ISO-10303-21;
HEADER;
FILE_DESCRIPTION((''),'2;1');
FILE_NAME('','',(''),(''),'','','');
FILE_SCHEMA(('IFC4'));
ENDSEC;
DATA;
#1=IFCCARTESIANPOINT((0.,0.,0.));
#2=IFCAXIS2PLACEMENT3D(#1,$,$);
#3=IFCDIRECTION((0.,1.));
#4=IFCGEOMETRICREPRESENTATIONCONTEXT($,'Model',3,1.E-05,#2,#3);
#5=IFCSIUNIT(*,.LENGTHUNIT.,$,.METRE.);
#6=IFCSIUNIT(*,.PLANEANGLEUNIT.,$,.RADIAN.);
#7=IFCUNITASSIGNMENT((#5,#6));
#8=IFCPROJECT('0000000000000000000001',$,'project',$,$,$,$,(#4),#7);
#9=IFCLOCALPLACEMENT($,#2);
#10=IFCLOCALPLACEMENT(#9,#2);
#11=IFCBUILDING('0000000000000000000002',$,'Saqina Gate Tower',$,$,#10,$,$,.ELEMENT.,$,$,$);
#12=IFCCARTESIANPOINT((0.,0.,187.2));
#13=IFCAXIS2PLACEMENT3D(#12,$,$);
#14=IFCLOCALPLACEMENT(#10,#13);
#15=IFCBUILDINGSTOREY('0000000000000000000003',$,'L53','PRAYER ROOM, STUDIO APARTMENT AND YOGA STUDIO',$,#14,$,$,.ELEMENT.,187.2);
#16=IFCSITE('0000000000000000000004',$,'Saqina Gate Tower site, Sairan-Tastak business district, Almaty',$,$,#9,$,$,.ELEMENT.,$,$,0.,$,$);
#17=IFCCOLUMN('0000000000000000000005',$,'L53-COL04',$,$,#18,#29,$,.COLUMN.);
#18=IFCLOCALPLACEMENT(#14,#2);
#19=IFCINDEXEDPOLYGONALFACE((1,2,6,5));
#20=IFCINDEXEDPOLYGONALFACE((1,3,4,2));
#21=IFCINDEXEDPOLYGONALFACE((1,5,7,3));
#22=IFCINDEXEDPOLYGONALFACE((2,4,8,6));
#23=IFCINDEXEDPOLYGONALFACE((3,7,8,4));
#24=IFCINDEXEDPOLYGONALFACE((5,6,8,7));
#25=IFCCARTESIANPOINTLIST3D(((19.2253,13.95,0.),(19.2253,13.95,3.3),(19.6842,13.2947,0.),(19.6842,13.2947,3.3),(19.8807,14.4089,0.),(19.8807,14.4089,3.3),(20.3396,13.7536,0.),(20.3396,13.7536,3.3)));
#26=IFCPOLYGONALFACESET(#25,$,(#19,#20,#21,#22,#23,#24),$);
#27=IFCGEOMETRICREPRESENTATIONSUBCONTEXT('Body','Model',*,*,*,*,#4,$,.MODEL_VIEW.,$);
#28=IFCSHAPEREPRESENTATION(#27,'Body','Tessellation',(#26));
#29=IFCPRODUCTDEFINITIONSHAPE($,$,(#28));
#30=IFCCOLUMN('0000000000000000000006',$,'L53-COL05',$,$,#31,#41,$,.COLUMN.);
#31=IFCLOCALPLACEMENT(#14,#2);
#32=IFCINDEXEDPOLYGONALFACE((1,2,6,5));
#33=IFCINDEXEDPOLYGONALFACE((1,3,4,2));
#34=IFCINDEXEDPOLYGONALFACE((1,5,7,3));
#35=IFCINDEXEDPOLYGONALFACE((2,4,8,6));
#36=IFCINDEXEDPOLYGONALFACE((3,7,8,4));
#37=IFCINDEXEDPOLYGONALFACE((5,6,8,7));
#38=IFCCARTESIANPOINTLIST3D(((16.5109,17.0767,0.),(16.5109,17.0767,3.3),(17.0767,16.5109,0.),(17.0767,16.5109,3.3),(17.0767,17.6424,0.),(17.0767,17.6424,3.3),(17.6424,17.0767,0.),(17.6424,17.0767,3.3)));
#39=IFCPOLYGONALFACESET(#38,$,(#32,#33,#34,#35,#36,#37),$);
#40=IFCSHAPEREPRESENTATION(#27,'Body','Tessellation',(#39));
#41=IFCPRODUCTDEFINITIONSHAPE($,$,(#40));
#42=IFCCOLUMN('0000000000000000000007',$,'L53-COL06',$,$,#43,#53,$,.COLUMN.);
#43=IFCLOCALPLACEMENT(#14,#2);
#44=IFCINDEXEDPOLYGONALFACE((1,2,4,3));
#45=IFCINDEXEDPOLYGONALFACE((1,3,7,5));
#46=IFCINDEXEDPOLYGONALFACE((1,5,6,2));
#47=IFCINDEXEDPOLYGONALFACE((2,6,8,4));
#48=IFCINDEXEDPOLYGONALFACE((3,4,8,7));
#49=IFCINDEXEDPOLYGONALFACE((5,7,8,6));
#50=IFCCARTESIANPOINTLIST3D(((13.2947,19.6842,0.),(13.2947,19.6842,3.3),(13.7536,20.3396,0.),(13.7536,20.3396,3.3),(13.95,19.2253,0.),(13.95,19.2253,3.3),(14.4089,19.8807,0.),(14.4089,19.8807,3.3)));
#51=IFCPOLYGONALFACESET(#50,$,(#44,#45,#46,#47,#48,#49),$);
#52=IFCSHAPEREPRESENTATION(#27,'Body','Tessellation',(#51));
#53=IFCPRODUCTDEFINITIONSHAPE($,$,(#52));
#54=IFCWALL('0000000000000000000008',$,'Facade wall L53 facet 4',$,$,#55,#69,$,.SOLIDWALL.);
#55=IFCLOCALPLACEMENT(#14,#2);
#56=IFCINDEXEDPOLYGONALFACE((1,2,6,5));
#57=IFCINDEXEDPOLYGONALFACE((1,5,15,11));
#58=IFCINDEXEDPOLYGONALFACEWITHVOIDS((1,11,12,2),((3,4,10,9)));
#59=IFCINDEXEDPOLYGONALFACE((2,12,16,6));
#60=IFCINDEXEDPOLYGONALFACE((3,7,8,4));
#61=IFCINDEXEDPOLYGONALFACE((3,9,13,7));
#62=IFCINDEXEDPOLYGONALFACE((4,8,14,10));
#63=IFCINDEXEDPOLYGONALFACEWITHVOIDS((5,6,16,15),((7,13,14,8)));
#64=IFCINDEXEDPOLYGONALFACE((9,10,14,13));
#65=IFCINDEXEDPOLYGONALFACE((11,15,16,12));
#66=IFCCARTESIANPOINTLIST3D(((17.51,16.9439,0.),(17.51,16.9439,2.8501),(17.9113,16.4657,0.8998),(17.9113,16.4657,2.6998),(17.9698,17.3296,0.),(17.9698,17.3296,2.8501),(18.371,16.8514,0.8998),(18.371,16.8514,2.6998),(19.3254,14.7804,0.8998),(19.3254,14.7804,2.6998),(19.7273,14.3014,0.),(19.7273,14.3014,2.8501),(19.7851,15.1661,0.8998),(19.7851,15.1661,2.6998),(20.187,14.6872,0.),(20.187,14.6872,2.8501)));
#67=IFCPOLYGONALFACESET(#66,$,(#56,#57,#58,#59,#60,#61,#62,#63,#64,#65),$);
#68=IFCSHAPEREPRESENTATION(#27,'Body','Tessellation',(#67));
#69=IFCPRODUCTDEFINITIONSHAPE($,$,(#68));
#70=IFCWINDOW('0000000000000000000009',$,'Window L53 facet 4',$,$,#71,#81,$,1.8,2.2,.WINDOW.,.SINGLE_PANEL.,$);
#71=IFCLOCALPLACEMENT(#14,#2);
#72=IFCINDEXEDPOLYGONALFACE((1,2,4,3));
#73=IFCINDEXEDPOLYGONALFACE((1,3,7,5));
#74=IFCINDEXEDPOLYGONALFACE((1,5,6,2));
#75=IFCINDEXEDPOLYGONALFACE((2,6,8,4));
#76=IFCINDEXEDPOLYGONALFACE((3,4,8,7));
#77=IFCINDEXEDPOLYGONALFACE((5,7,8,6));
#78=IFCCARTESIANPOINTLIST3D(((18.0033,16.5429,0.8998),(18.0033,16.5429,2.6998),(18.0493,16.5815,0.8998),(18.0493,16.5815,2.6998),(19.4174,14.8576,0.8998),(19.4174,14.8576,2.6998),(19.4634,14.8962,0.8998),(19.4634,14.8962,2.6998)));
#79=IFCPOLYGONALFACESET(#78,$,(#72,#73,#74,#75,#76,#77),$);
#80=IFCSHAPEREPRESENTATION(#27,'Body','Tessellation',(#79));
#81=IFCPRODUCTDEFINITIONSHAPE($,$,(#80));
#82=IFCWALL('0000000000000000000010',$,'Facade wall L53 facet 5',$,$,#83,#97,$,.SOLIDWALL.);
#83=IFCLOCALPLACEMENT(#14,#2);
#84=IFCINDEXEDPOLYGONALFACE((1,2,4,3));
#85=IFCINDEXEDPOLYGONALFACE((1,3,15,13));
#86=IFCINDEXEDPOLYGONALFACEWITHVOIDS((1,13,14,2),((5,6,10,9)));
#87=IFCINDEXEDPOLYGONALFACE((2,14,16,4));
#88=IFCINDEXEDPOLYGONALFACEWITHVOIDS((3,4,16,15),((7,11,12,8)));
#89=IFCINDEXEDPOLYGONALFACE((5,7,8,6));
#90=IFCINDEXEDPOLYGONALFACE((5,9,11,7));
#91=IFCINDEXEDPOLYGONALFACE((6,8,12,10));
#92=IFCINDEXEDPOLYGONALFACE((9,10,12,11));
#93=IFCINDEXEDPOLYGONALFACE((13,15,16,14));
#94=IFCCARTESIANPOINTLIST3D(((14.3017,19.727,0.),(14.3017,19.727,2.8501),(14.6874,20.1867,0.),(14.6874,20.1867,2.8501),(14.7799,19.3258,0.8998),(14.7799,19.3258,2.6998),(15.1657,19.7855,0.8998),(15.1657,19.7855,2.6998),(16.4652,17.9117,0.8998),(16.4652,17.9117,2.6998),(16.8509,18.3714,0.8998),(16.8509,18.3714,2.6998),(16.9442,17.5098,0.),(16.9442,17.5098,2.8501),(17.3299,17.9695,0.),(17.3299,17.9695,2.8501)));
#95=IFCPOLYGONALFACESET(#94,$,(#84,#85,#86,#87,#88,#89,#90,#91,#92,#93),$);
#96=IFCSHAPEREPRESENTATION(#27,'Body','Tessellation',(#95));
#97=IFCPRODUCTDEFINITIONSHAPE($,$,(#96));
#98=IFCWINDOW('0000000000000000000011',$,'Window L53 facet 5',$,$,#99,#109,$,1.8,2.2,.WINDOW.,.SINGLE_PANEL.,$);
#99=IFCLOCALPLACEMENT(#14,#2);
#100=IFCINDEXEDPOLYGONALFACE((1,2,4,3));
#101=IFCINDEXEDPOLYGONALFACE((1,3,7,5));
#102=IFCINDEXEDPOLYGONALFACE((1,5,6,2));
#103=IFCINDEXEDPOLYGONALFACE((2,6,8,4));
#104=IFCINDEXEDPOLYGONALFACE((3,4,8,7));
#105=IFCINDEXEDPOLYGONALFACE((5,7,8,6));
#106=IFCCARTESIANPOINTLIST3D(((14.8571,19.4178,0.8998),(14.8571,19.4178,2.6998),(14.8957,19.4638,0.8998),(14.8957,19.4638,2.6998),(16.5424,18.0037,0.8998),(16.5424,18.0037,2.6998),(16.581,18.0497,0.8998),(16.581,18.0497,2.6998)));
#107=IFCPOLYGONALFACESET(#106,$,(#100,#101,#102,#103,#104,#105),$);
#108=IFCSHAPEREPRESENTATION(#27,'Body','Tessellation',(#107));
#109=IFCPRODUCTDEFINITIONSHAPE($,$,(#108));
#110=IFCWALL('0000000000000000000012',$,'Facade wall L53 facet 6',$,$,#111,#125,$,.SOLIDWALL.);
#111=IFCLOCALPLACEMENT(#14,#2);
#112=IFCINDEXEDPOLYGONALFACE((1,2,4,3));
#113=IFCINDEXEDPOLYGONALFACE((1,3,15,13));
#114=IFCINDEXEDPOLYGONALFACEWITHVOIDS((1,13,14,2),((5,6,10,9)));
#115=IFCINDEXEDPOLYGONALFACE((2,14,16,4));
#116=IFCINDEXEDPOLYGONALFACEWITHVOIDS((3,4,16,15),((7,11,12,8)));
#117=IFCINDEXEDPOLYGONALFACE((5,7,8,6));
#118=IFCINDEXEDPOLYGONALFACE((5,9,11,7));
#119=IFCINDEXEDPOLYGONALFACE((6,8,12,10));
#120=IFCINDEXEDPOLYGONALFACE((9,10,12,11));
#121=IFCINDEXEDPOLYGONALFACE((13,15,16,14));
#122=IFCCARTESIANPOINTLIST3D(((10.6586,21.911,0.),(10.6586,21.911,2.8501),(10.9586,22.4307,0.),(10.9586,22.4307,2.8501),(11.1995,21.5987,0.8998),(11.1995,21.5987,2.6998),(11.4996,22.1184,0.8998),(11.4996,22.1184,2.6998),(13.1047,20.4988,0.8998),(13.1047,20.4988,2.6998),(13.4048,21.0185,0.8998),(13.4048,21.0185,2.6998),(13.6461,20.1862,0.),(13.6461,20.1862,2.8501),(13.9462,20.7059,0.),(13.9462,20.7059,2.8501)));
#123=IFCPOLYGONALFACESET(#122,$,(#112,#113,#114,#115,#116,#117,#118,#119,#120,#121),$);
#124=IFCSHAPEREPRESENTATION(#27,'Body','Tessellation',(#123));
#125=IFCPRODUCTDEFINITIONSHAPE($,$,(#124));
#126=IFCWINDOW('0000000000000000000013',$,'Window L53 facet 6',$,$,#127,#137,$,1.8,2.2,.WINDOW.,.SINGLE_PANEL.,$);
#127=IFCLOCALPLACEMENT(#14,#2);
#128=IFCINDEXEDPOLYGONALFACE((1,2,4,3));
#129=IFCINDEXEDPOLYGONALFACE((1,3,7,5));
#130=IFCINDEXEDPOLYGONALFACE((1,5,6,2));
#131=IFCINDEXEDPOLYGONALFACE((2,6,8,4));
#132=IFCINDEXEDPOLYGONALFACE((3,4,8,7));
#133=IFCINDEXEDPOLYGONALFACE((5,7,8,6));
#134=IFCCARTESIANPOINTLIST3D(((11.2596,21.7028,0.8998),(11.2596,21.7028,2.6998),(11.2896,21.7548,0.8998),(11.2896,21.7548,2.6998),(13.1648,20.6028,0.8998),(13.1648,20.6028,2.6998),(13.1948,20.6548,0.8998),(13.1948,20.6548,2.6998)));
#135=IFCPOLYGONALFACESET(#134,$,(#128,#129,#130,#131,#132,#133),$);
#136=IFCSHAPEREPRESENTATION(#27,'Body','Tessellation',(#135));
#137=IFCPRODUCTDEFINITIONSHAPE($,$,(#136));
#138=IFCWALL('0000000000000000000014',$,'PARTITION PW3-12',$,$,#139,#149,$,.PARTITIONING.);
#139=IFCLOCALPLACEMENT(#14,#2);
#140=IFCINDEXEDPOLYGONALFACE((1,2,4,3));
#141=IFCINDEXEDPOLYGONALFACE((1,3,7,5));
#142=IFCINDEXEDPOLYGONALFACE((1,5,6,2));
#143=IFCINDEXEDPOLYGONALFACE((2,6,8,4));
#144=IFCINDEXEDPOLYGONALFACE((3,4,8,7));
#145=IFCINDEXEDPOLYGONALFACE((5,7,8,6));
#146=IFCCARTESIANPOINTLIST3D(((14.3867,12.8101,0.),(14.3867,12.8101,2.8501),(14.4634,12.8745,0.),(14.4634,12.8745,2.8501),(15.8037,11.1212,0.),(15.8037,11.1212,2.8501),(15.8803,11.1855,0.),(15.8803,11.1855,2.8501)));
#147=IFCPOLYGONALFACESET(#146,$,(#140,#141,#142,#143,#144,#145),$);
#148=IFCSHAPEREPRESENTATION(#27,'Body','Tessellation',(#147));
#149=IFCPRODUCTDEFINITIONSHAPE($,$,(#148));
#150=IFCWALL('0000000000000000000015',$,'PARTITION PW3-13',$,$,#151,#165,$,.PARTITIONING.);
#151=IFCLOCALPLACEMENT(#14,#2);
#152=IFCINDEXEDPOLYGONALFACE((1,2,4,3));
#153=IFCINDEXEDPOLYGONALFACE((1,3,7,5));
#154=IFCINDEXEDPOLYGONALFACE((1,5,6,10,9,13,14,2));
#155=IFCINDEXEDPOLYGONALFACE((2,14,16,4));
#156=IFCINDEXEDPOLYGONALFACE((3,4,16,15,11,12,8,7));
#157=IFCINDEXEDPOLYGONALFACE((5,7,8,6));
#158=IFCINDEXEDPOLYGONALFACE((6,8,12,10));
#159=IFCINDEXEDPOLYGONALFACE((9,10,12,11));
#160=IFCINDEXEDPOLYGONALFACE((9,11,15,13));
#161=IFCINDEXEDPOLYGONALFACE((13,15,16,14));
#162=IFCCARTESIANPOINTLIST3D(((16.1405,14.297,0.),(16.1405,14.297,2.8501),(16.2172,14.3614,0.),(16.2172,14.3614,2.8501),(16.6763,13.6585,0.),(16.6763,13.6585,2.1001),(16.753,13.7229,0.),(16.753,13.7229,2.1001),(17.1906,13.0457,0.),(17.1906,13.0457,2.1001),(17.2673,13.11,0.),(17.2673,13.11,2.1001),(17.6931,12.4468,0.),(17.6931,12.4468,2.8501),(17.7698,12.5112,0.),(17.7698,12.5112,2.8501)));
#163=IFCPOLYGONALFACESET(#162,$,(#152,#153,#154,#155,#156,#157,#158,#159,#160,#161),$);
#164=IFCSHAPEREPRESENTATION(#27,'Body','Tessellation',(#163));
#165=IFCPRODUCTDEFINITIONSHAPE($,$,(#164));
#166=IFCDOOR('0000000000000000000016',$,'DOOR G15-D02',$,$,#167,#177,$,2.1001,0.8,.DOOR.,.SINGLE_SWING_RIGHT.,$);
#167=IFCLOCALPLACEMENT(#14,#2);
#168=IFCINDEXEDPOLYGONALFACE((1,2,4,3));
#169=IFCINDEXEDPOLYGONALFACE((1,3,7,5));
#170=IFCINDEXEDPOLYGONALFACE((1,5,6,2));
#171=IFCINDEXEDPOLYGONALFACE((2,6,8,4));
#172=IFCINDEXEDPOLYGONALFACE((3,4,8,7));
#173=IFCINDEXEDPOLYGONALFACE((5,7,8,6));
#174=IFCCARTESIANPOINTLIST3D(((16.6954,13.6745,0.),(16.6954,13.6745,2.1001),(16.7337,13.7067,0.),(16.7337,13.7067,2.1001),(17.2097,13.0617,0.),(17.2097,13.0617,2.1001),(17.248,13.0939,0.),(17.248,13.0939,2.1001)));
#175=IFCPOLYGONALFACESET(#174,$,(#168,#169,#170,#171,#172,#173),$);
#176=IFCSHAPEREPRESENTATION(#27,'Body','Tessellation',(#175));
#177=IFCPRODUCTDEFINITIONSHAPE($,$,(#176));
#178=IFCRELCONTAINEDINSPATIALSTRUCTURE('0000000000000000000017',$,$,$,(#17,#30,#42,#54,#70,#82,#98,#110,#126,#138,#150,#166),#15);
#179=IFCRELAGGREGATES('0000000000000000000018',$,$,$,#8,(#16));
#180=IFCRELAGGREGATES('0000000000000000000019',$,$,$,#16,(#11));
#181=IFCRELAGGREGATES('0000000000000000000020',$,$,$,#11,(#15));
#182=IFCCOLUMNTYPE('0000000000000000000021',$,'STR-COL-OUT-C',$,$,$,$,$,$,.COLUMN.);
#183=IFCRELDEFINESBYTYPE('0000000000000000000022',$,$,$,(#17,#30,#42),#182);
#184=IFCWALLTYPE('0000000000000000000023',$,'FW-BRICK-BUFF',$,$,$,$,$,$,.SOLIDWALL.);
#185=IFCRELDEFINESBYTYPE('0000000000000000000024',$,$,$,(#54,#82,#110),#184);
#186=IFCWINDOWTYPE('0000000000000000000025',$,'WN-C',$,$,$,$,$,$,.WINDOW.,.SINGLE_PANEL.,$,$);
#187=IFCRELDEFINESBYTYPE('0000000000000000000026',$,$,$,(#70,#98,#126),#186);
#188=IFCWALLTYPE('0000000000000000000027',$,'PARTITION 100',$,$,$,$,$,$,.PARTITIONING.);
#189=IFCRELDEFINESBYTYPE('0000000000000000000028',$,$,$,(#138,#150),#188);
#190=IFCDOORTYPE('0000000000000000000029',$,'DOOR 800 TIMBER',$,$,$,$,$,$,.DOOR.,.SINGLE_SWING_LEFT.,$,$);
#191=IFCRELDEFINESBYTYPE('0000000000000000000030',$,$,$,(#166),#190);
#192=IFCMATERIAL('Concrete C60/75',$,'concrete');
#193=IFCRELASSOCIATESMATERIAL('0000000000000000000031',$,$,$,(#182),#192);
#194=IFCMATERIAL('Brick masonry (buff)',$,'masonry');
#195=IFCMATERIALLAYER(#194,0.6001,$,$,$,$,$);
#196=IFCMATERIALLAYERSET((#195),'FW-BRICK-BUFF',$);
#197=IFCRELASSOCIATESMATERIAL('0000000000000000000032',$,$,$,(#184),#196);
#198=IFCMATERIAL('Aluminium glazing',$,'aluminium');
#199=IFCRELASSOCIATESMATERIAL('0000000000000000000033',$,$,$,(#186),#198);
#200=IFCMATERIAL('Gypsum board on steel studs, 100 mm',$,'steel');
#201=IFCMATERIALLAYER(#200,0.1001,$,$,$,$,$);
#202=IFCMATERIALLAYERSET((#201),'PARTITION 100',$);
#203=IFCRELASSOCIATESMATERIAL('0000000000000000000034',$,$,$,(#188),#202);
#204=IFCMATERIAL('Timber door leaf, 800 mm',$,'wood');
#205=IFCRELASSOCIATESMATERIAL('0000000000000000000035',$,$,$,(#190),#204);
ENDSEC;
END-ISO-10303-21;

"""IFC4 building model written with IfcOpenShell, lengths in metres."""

from ifc_helpers import new_model, si_unit, direction, frame, frame_2d, origin, origin_2d, place, context, subcontext, project, spatial, rectangle, extrude, material, layer, layer_set, material_profile, profile_set, type_object, element, fill, save


model = new_model("IFC4")

# Units and contexts
model_context = context("Model", 3, precision=1e-05, world=origin(), true_north=direction((0.0, 1.0)))
body_context = subcontext(model_context, "Body", "Model", "MODEL_VIEW")
ifc_project = project(units=[si_unit("LENGTHUNIT", "METRE"), si_unit("PLANEANGLEUNIT", "RADIAN")], contexts=[model_context])

# Site, building, storey
site_placement = place(None, origin())
site = spatial("IfcSite", under=ifc_project, at=site_placement, Name="Saqina Gate Tower site, Sairan-Tastak business district, Almaty", CompositionType="ELEMENT", RefElevation=0.0)
building_placement = place(site_placement, origin())
building = spatial("IfcBuilding", under=site, at=building_placement, Name="Saqina Gate Tower", CompositionType="ELEMENT")
storey_placement = place(building_placement, frame((0.0, 0.0, 187.2)))
storey = spatial("IfcBuildingStorey", under=building, at=storey_placement, Name="L53", Description="PRAYER ROOM, STUDIO APARTMENT AND YOGA STUDIO", CompositionType="ELEMENT", Elevation=187.2)

# Columns
ifc_material_1 = material(Name="Concrete C60/75", Category="concrete")
ifc_material_profile = material_profile(ifc_material_1, rectangle(XDim=0.8, YDim=0.8, at=origin_2d()), Name="RC 800x800")
ifc_profile_set = profile_set([ifc_material_profile], Name="Concrete C60/75")
column_type = type_object("IfcColumnType", Name="STR-COL-OUT-C", PredefinedType="COLUMN", material=ifc_profile_set)
for number, where, z_axis, x_axis, name in (
    (1, (19.7825, 13.8518, 0.0), (0.0, 0.0, 1.0), (0.819152, 0.573576, 0.0), "L53-COL04"),
    (2, (17.0767, 17.0767, 0.0), (0.0, 0.0, 1.0), (0.707107, 0.707107, 0.0), "L53-COL05"),
    (3, (13.8518, 19.7825, 0.0), (0.0, 0.0, 1.0), (0.573576, 0.819152, 0.0), "L53-COL06"),
):
    element("IfcColumn", number, at=place(storey_placement, frame(where, z_axis=z_axis, x_axis=x_axis)), inside=storey, type_object=column_type, Name=name, PredefinedType="COLUMN", context=body_context, shape_type="SweptSolid", body=[
        extrude(rectangle(XDim=0.8, YDim=0.8, at=origin_2d()), origin(), (0.0, 0.0, 1.0), 3.3),
    ])

# Shared definitions
ifc_material_2 = material(Name="Brick masonry (buff)", Category="masonry")
ifc_layer_1 = layer(ifc_material_2, 0.6001)
ifc_layer_set_1 = layer_set([ifc_layer_1], Name="FW-BRICK-BUFF")
wall_type_1 = type_object("IfcWallType", Name="FW-BRICK-BUFF", PredefinedType="SOLIDWALL", material=ifc_layer_set_1)

# Walls, openings, windows
wall_1_placement = place(storey_placement, frame((19.957, 14.4944, 0.0), z_axis=(0.0, 0.0, 1.0), x_axis=(-0.64277, 0.766059, 0.0)))
wall_1 = element("IfcWall", 4, at=wall_1_placement, inside=storey, type_object=wall_type_1, Name="Facade wall L53 facet 4", PredefinedType="SOLIDWALL", context=body_context, shape_type="SweptSolid", body=[
    extrude(rectangle(XDim=3.4495, YDim=0.6001, at=frame_2d((1.7246, 0.0))), origin(), (0.0, 0.0, 1.0), 2.8501),
])
opening_1_placement = place(wall_1_placement, frame((0.625, 0.0, 0.8999)))
opening_1 = element("IfcOpeningElement", 5, at=opening_1_placement, cuts=wall_1, PredefinedType="OPENING", context=body_context, shape_type="SweptSolid", body=[
    extrude(rectangle(XDim=2.2, YDim=1.8, at=frame_2d((1.1001, 0.8999))), frame((0.0, 0.312, 0.0), z_axis=(0.0, -1.0, 0.0), x_axis=(1.0, 0.0, 0.0)), (0.0, 0.0, 1.0), 0.624),
])
ifc_material_3 = material(Name="Aluminium glazing", Category="aluminium")
window_type = type_object("IfcWindowType", Name="WN-C", PartitioningType="SINGLE_PANEL", PredefinedType="WINDOW", material=ifc_material_3)
window_1_placement = place(opening_1_placement, origin())
window_1 = element("IfcWindow", 6, at=window_1_placement, inside=storey, type_object=window_type, Name="Window L53 facet 4", OverallHeight=1.8, OverallWidth=2.2, PartitioningType="SINGLE_PANEL", PredefinedType="WINDOW", context=body_context, shape_type="SweptSolid", body=[
    extrude(rectangle(XDim=2.2, YDim=1.8, at=frame_2d((1.1001, 0.8999))), frame((0.0, 0.1799, 0.0), z_axis=(0.0, -1.0, 0.0), x_axis=(1.0, 0.0, 0.0)), (0.0, 0.0, 1.0), 0.0601),
])
fill(opening_1, window_1)
wall_2_placement = place(storey_placement, frame((17.137, 17.7397, 0.0), z_axis=(0.0, 0.0, 1.0), x_axis=(-0.766059, 0.64277, 0.0)))
wall_2 = element("IfcWall", 7, at=wall_2_placement, inside=storey, type_object=wall_type_1, Name="Facade wall L53 facet 5", PredefinedType="SOLIDWALL", context=body_context, shape_type="SweptSolid", body=[
    extrude(rectangle(XDim=3.4495, YDim=0.6001, at=frame_2d((1.7246, 0.0))), origin(), (0.0, 0.0, 1.0), 2.8501),
])
opening_2_placement = place(wall_2_placement, frame((0.625, 0.0, 0.8999)))
opening_2 = element("IfcOpeningElement", 8, at=opening_2_placement, cuts=wall_2, PredefinedType="OPENING", context=body_context, shape_type="SweptSolid", body=[
    extrude(rectangle(XDim=2.2, YDim=1.8, at=frame_2d((1.1001, 0.8999))), frame((0.0, 0.312, 0.0), z_axis=(0.0, -1.0, 0.0), x_axis=(1.0, 0.0, 0.0)), (0.0, 0.0, 1.0), 0.624),
])
window_2_placement = place(opening_2_placement, origin())
window_2 = element("IfcWindow", 9, at=window_2_placement, inside=storey, type_object=window_type, Name="Window L53 facet 5", OverallHeight=1.8, OverallWidth=2.2, PartitioningType="SINGLE_PANEL", PredefinedType="WINDOW", context=body_context, shape_type="SweptSolid", body=[
    extrude(rectangle(XDim=2.2, YDim=1.8, at=frame_2d((1.1001, 0.8999))), frame((0.0, 0.1799, 0.0), z_axis=(0.0, -1.0, 0.0), x_axis=(1.0, 0.0, 0.0)), (0.0, 0.0, 1.0), 0.0601),
])
fill(opening_2, window_2)
wall_3_placement = place(storey_placement, frame((13.7961, 20.446, 0.0), z_axis=(0.0, 0.0, 1.0), x_axis=(-0.866026, 0.499998, 0.0)))
wall_3 = element("IfcWall", 10, at=wall_3_placement, inside=storey, type_object=wall_type_1, Name="Facade wall L53 facet 6", PredefinedType="SOLIDWALL", context=body_context, shape_type="SweptSolid", body=[
    extrude(rectangle(XDim=3.4497, YDim=0.6001, at=frame_2d((1.7249, 0.0))), origin(), (0.0, 0.0, 1.0), 2.8501),
])
opening_3_placement = place(wall_3_placement, frame((0.625, 0.0, 0.8999)))
opening_3 = element("IfcOpeningElement", 11, at=opening_3_placement, cuts=wall_3, PredefinedType="OPENING", context=body_context, shape_type="SweptSolid", body=[
    extrude(rectangle(XDim=2.2, YDim=1.8, at=frame_2d((1.1001, 0.8999))), frame((0.0, 0.312, 0.0), z_axis=(0.0, -1.0, 0.0), x_axis=(1.0, 0.0, 0.0)), (0.0, 0.0, 1.0), 0.624),
])
window_3_placement = place(opening_3_placement, origin())
window_3 = element("IfcWindow", 12, at=window_3_placement, inside=storey, type_object=window_type, Name="Window L53 facet 6", OverallHeight=1.8, OverallWidth=2.2, PartitioningType="SINGLE_PANEL", PredefinedType="WINDOW", context=body_context, shape_type="SweptSolid", body=[
    extrude(rectangle(XDim=2.2, YDim=1.8, at=frame_2d((1.1001, 0.8999))), frame((0.0, 0.1799, 0.0), z_axis=(0.0, -1.0, 0.0), x_axis=(1.0, 0.0, 0.0)), (0.0, 0.0, 1.0), 0.0601),
])
fill(opening_3, window_3)

# Wall
ifc_material_4 = material(Name="Gypsum board on steel studs, 100 mm", Category="steel")
ifc_layer_2 = layer(ifc_material_4, 0.1001)
ifc_layer_set_2 = layer_set([ifc_layer_2], Name="PARTITION 100")
wall_type_2 = type_object("IfcWallType", Name="PARTITION 100", PredefinedType="PARTITIONING", material=ifc_layer_set_2)
wall_4_placement = place(storey_placement, frame((14.425, 12.8423, 0.0), z_axis=(0.0, 0.0, 1.0), x_axis=(0.64273, -0.766093, 0.0)))
element("IfcWall", 13, at=wall_4_placement, inside=storey, type_object=wall_type_2, Name="PARTITION PW3-12", PredefinedType="PARTITIONING", context=body_context, shape_type="SweptSolid", body=[
    extrude(rectangle(XDim=2.2046, YDim=0.1001, at=frame_2d((1.1023, 0.0))), origin(), (0.0, 0.0, 1.0), 2.8501),
])

# Wall, opening, door
wall_5_placement = place(storey_placement, frame((16.179, 14.3291, 0.0), z_axis=(0.0, 0.0, 1.0), x_axis=(0.642806, -0.766029, 0.0)))
wall_5 = element("IfcWall", 14, at=wall_5_placement, inside=storey, type_object=wall_type_2, Name="PARTITION PW3-13", PredefinedType="PARTITIONING", context=body_context, shape_type="SweptSolid", body=[
    extrude(rectangle(XDim=2.4153, YDim=0.1001, at=frame_2d((1.2075, 0.0))), origin(), (0.0, 0.0, 1.0), 2.8501),
])
opening_4_placement = place(wall_5_placement, frame((0.8335, 0.0, 0.0)))
opening_4 = element("IfcOpeningElement", 15, at=opening_4_placement, cuts=wall_5, PredefinedType="OPENING", context=body_context, shape_type="SweptSolid", body=[
    extrude(rectangle(XDim=0.8, YDim=2.1001, at=frame_2d((0.3999, 1.05))), frame((0.0, 0.062, 0.0), z_axis=(0.0, -1.0, 0.0), x_axis=(1.0, 0.0, 0.0)), (0.0, 0.0, 1.0), 0.124),
])
ifc_material_5 = material(Name="Timber door leaf, 800 mm", Category="wood")
door_type_1 = type_object("IfcDoorType", Name="DOOR 800 TIMBER", OperationType="SINGLE_SWING_LEFT", PredefinedType="DOOR", material=ifc_material_5)
door_1_placement = place(opening_4_placement, origin())
door_1 = element("IfcDoor", 16, at=door_1_placement, inside=storey, type_object=door_type_1, Name="DOOR G15-D02", OperationType="SINGLE_SWING_RIGHT", OverallHeight=2.1001, OverallWidth=0.8, PredefinedType="DOOR", context=body_context, shape_type="SweptSolid", body=[
    extrude(rectangle(XDim=0.8, YDim=2.1001, at=frame_2d((0.3999, 1.05))), frame((0.0, 0.0249, 0.0), z_axis=(0.0, -1.0, 0.0), x_axis=(1.0, 0.0, 0.0)), (0.0, 0.0, 1.0), 0.05),
])
fill(opening_4, door_1)

save(model, "model.ifc")
